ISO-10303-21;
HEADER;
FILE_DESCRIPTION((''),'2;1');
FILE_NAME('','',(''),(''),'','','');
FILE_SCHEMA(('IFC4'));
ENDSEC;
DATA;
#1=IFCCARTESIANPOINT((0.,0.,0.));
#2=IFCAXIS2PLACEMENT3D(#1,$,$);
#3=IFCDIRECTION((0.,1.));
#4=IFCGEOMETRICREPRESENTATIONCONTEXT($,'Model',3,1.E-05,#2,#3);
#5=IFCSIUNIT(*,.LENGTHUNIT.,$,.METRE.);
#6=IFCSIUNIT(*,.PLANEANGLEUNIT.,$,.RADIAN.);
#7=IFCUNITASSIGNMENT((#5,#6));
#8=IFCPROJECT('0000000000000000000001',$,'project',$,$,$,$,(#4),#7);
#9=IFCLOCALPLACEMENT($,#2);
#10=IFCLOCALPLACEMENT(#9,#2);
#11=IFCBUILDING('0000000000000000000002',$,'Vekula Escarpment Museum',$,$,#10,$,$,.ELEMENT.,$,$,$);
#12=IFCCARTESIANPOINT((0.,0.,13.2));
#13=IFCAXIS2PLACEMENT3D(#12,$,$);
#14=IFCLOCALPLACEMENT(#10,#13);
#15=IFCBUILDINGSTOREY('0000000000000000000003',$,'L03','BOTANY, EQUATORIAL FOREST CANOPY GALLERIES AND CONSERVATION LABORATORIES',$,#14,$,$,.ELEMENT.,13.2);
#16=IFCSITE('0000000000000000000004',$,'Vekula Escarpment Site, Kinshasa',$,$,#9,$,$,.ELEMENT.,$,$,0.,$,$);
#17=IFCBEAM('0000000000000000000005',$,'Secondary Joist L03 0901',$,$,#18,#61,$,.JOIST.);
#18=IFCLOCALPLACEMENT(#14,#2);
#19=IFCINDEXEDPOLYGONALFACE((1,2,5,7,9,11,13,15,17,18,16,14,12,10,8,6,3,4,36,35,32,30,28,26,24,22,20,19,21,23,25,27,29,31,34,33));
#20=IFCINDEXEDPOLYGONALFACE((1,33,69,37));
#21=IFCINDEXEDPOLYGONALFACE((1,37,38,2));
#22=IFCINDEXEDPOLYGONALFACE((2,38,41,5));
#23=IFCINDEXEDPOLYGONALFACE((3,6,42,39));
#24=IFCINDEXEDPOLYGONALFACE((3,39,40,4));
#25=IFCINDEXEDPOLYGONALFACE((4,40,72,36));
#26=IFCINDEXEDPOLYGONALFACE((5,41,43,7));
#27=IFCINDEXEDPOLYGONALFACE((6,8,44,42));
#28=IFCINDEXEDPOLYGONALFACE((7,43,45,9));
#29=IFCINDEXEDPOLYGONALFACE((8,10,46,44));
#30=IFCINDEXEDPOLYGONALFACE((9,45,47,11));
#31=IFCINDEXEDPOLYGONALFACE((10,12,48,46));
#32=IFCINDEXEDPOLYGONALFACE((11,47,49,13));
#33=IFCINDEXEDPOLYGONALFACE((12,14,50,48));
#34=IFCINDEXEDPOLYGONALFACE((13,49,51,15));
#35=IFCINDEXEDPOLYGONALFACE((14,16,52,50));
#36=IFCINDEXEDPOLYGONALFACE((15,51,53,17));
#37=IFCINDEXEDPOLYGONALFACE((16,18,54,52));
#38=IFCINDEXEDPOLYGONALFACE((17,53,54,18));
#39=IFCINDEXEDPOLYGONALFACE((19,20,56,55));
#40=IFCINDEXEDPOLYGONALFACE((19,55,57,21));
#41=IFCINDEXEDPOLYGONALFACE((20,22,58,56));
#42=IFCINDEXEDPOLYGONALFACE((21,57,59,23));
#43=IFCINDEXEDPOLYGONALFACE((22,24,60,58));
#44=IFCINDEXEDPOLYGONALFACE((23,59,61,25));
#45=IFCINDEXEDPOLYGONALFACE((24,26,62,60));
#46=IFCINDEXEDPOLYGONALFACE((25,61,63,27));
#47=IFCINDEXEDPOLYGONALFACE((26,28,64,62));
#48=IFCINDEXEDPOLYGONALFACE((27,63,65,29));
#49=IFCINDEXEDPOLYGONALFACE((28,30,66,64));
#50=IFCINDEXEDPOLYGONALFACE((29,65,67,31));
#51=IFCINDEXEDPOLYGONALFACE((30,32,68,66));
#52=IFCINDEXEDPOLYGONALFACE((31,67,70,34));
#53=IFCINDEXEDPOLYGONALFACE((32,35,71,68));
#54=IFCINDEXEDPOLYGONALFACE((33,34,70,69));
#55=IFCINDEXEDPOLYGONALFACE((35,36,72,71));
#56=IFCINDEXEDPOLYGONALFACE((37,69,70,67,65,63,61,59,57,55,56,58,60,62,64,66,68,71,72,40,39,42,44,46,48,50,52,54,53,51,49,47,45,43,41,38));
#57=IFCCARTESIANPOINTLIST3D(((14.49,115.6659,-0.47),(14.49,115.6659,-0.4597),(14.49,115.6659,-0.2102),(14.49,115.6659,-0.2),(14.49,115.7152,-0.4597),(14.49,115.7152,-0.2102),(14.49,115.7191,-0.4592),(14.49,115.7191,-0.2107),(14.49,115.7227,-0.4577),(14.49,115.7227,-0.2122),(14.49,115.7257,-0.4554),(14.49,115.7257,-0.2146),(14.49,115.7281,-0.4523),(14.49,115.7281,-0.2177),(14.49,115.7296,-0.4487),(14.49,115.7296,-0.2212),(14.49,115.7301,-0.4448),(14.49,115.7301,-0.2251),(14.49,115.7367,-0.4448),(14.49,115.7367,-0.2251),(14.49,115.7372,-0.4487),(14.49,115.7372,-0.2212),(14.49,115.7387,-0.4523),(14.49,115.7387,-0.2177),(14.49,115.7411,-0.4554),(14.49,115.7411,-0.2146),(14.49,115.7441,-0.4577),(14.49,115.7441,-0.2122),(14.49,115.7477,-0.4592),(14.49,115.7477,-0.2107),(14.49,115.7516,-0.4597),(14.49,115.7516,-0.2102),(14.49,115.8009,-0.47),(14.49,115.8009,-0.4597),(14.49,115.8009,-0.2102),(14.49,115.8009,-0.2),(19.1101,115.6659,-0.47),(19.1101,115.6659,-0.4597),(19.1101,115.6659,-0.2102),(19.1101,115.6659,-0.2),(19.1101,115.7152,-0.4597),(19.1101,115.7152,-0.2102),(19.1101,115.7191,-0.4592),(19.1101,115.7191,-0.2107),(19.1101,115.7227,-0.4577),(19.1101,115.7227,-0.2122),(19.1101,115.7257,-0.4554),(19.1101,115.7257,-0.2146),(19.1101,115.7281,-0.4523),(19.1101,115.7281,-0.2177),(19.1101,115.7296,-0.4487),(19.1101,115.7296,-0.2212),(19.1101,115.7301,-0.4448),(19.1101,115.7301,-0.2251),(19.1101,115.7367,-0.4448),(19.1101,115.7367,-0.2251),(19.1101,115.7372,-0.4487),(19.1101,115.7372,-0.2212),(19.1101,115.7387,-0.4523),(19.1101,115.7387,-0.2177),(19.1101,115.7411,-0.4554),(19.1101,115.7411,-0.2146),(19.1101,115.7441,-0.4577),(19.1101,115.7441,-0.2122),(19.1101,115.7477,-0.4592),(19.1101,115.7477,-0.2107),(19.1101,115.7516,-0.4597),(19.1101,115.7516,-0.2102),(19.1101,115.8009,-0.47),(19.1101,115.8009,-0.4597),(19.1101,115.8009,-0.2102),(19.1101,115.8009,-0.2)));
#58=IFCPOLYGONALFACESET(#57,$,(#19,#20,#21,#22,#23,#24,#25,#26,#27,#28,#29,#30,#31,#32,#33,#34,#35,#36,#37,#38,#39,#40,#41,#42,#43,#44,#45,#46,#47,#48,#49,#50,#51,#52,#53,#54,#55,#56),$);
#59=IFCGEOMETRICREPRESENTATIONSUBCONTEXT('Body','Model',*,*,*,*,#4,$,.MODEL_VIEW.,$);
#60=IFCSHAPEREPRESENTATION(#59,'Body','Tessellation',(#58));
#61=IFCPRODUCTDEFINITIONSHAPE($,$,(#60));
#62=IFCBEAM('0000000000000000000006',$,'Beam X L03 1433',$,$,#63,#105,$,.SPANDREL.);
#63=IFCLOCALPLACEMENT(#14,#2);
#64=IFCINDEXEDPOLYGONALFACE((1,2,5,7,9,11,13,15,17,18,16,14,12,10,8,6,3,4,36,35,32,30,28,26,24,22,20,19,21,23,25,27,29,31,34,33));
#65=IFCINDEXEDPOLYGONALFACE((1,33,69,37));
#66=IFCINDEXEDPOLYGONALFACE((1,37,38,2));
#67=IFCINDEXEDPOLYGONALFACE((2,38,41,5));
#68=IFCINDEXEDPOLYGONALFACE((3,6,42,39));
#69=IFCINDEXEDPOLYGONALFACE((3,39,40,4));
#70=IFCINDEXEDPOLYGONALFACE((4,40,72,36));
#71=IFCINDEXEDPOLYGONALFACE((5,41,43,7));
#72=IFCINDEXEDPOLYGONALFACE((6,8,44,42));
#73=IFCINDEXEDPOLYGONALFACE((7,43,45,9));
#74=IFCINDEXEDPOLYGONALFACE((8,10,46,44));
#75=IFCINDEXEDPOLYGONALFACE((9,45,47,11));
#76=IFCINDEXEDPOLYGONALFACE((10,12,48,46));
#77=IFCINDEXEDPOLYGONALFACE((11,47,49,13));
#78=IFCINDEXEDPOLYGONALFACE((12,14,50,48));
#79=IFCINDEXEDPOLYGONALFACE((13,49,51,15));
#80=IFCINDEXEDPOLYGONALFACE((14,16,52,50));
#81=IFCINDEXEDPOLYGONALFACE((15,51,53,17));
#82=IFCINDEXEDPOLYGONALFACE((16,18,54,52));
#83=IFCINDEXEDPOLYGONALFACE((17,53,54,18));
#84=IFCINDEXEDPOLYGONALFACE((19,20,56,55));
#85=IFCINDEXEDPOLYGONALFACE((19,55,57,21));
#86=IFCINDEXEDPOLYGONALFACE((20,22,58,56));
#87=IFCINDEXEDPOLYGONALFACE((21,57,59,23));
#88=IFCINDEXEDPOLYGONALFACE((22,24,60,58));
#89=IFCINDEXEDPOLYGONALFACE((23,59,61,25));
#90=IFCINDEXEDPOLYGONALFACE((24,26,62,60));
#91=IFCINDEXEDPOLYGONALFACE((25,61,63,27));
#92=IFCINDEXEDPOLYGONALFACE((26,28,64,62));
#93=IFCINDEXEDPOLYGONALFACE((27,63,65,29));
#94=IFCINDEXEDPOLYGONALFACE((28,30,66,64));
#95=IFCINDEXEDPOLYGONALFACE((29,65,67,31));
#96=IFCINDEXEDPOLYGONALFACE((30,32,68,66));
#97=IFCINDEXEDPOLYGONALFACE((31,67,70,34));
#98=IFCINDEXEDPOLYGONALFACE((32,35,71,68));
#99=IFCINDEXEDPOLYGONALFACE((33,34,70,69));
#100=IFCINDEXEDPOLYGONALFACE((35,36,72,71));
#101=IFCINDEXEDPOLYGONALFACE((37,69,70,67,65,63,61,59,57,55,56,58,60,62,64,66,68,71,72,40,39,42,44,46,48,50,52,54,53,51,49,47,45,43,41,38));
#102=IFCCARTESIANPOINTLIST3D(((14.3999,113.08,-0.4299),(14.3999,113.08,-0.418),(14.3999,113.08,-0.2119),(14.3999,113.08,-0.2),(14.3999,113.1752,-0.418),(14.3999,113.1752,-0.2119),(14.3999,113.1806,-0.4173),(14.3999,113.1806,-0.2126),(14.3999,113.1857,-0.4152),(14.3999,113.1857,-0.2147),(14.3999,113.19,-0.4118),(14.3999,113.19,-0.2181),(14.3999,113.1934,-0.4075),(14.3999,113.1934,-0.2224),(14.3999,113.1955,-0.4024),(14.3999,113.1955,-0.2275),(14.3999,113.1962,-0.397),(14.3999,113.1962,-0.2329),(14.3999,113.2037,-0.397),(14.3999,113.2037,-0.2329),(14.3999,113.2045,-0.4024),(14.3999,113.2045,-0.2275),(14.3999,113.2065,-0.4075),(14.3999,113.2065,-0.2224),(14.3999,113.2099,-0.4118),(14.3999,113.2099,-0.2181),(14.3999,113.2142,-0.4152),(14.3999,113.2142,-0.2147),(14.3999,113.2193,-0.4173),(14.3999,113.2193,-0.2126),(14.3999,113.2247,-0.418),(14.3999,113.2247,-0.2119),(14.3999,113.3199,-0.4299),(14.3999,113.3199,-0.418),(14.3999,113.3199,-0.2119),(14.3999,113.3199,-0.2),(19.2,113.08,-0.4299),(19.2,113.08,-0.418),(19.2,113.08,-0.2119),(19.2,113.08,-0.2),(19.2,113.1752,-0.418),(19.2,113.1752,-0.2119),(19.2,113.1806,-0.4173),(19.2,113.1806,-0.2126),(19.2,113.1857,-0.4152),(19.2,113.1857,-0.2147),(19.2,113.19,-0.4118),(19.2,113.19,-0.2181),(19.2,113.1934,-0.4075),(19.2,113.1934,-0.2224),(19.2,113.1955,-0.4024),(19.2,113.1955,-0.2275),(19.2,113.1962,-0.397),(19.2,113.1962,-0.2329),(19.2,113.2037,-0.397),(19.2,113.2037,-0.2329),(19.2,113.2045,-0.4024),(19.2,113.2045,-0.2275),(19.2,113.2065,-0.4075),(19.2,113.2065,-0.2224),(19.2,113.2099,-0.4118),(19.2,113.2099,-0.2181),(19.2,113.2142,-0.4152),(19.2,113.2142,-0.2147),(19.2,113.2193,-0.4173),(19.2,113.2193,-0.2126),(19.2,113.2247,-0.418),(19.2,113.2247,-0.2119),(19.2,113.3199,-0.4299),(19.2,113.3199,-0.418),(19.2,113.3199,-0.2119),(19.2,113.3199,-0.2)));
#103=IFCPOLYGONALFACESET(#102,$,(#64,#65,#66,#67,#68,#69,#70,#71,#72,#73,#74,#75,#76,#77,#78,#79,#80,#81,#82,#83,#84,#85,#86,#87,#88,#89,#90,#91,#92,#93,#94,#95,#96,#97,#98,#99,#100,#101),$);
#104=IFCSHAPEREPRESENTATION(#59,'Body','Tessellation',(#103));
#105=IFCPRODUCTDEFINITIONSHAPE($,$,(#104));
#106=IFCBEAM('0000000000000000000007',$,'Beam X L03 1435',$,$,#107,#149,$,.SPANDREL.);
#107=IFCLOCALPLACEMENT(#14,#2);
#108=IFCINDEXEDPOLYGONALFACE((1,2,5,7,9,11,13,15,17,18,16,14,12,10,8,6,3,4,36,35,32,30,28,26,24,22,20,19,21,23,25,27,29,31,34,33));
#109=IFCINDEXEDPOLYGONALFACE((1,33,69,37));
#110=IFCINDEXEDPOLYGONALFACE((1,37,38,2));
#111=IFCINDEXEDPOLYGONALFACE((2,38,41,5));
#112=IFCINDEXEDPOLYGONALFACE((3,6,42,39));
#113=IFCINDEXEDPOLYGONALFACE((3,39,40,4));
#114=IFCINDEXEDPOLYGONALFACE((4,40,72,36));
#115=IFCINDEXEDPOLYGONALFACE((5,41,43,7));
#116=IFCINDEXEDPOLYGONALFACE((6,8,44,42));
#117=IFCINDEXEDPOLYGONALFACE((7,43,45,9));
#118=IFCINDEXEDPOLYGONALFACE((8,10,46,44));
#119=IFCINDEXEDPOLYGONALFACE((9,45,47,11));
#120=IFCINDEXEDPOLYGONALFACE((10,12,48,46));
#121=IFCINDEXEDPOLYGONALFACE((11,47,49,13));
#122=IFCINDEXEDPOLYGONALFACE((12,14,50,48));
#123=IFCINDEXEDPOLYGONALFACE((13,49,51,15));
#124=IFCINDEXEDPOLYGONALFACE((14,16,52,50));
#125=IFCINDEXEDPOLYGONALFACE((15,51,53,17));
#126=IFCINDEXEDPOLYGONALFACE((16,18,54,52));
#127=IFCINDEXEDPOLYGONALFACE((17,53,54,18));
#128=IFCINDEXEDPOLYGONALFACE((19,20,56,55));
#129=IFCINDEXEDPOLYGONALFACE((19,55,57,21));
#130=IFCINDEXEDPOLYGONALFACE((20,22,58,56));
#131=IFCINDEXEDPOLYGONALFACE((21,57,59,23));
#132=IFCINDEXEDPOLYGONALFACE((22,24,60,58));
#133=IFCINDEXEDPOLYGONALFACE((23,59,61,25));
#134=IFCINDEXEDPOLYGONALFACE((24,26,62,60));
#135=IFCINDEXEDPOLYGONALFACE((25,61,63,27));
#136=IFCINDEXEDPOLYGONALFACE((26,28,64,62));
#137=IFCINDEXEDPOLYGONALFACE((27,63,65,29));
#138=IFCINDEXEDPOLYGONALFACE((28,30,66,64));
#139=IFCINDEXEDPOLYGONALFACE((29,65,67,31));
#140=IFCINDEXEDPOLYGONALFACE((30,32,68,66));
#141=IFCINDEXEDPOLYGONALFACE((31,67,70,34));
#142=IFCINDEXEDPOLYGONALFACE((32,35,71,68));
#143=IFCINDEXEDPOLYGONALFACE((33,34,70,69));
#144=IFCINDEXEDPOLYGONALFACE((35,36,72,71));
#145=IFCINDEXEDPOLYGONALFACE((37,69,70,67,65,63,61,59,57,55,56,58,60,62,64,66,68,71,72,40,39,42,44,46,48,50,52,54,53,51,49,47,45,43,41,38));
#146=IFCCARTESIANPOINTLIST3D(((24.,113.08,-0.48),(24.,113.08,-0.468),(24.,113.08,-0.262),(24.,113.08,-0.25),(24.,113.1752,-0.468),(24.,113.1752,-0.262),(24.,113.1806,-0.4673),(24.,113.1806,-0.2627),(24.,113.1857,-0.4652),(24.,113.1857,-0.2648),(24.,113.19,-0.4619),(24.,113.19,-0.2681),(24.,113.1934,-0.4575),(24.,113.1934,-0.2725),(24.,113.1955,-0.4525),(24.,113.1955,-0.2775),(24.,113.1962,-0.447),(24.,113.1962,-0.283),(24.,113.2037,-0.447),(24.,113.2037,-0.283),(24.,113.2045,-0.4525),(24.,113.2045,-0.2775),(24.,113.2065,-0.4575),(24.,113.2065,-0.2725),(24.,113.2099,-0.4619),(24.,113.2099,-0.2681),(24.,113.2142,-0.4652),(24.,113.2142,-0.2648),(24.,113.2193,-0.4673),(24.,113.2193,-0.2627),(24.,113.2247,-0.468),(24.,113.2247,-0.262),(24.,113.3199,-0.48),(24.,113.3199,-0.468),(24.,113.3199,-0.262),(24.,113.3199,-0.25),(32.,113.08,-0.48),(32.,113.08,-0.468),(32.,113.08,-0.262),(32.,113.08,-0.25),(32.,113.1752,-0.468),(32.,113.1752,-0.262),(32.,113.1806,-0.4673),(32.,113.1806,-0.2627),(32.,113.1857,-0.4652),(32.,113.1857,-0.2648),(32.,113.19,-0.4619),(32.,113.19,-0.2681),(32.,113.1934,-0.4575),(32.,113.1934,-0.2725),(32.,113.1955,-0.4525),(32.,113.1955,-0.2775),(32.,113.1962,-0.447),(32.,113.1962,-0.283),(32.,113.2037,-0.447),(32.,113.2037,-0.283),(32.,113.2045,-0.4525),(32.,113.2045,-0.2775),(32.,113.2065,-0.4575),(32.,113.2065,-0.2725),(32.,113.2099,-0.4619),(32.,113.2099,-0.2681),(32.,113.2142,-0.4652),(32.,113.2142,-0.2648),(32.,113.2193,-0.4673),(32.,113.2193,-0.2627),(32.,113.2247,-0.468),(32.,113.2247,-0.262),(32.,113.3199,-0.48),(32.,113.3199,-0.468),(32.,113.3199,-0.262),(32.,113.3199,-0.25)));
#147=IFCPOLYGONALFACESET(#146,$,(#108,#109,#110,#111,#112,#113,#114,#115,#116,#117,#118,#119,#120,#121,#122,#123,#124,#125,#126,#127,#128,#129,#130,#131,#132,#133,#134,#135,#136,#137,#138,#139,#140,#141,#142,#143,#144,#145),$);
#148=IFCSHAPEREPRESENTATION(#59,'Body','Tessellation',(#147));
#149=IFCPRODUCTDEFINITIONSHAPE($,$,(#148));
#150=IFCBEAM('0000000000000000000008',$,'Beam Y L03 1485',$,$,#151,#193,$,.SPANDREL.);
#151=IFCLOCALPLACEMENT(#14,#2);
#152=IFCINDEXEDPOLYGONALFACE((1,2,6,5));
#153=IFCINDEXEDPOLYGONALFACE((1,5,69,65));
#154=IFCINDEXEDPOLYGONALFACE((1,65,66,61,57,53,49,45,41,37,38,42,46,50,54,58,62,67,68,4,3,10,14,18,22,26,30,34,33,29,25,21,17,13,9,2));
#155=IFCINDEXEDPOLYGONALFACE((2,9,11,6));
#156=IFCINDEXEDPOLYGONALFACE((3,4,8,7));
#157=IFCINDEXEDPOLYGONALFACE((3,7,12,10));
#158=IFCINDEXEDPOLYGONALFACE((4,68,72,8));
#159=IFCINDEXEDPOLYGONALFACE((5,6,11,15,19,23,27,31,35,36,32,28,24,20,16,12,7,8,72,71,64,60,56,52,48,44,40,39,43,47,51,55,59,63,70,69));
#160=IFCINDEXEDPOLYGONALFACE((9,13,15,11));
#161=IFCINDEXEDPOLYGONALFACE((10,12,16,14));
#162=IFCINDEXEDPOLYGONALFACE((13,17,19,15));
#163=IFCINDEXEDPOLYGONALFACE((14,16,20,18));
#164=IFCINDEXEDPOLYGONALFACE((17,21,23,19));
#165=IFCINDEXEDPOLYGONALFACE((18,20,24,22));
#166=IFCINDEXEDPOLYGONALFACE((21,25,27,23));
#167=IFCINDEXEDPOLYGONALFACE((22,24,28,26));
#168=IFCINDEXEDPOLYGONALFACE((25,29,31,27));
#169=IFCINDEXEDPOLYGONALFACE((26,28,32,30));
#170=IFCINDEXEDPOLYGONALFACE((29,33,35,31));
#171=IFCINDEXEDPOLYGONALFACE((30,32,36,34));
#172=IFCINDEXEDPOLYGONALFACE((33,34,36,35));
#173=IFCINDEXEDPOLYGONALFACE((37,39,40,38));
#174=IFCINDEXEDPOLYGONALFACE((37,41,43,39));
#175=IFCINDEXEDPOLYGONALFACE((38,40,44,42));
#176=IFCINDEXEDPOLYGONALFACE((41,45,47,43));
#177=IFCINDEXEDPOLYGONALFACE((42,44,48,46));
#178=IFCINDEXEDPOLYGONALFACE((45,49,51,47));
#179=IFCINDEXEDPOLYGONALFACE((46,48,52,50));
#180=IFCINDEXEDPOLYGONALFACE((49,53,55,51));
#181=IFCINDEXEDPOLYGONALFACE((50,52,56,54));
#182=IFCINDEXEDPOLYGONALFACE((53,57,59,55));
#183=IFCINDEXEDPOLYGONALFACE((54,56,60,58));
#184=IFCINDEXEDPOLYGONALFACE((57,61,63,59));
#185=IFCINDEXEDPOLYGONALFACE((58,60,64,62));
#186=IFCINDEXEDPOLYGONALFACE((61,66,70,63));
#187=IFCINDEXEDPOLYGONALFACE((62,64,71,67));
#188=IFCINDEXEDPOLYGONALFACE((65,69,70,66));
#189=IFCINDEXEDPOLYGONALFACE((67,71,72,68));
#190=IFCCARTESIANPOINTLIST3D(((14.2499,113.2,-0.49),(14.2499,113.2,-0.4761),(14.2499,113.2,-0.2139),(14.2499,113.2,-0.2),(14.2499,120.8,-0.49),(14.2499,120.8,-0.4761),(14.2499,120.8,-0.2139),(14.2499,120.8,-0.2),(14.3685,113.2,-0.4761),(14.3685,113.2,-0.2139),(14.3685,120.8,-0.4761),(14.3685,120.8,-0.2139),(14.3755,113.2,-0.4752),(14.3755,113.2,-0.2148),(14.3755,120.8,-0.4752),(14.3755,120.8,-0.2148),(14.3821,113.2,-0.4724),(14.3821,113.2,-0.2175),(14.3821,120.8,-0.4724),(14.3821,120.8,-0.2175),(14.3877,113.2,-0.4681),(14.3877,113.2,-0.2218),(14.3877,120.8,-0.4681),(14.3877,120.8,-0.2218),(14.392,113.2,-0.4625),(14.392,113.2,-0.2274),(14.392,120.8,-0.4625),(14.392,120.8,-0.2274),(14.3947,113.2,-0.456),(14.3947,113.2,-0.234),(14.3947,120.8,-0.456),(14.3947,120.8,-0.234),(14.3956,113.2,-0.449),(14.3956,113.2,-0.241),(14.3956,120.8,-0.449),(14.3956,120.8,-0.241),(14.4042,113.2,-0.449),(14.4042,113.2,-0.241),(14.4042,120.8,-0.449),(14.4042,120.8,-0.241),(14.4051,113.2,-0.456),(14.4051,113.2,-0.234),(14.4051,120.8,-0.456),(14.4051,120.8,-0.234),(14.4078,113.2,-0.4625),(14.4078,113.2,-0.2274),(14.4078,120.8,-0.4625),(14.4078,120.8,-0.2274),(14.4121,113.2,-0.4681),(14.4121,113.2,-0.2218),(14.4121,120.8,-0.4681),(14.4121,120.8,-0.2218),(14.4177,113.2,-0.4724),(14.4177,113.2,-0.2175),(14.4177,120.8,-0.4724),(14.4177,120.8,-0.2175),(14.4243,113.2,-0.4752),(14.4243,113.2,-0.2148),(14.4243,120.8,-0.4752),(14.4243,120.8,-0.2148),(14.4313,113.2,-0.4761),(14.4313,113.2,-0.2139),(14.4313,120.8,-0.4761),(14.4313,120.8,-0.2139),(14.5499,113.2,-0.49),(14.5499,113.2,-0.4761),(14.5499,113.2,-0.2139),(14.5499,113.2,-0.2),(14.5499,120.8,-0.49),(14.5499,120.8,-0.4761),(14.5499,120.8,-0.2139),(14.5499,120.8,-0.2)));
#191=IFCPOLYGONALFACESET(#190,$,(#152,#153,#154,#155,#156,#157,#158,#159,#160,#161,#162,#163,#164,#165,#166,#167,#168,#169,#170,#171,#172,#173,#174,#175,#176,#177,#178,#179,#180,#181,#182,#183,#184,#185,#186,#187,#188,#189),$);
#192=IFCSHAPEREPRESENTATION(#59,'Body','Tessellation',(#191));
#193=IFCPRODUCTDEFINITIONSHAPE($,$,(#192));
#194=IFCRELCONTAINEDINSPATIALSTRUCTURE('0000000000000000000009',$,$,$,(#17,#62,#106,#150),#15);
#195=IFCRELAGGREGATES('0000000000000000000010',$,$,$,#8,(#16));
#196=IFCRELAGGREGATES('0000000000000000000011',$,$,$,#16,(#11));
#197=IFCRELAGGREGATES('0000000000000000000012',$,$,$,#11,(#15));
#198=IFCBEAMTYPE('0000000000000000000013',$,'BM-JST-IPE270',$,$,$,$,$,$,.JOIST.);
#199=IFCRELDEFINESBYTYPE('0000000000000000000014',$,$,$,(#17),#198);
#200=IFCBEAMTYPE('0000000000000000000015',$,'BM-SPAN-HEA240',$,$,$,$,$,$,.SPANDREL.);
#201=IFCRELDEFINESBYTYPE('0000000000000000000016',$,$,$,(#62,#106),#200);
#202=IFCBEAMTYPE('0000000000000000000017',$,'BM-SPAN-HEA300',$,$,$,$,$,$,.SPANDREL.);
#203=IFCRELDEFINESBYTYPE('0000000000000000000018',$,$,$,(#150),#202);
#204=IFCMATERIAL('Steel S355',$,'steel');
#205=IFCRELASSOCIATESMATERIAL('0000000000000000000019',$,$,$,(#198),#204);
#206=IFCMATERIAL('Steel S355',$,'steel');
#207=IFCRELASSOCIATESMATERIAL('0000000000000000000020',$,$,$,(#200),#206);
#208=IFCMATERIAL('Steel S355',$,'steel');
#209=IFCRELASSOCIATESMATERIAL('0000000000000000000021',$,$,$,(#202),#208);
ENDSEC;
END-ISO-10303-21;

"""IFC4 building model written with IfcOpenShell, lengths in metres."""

from ifc_helpers import new_model, si_unit, direction, frame, origin, origin_2d, place, context, subcontext, project, spatial, i_section, extrude, material, material_profile, profile_set, type_object, element, save


model = new_model("IFC4")

# Units and contexts
model_context = context("Model", 3, precision=1e-05, world=origin(), true_north=direction((0.0, 1.0)))
body_context = subcontext(model_context, "Body", "Model", "MODEL_VIEW")
ifc_project = project(units=[si_unit("LENGTHUNIT", "METRE"), si_unit("PLANEANGLEUNIT", "RADIAN")], contexts=[model_context])

# Site, building, storey
site_placement = place(None, origin())
site = spatial("IfcSite", under=ifc_project, at=site_placement, Name="Vekula Escarpment Site, Kinshasa", CompositionType="ELEMENT", RefElevation=0.0)
building_placement = place(site_placement, origin())
building = spatial("IfcBuilding", under=site, at=building_placement, Name="Vekula Escarpment Museum", CompositionType="ELEMENT")
storey_placement = place(building_placement, frame((0.0, 0.0, 13.2)))
storey = spatial("IfcBuildingStorey", under=building, at=storey_placement, Name="L03", Description="BOTANY, EQUATORIAL FOREST CANOPY GALLERIES AND CONSERVATION LABORATORIES", CompositionType="ELEMENT", Elevation=13.2)

# Beams
ifc_material_1 = material(Name="Steel S355", Category="steel")
ifc_material_profile_1 = material_profile(ifc_material_1, i_section(OverallWidth=0.135, OverallDepth=0.27, WebThickness=0.0066, FlangeThickness=0.0103, FilletRadius=0.0149, at=origin_2d()), Name="IPE 270")
ifc_profile_set_1 = profile_set([ifc_material_profile_1], Name="Steel S355")
beam_type_1 = type_object("IfcBeamType", Name="BM-JST-IPE270", PredefinedType="JOIST", material=ifc_profile_set_1)
beam_1_placement = place(storey_placement, frame((14.49, 115.7334, -0.335), z_axis=(1.0, 0.0, 0.0), x_axis=(0.0, 1.0, 0.0)))
element("IfcBeam", 1, at=beam_1_placement, inside=storey, type_object=beam_type_1, Name="Secondary Joist L03 0901", PredefinedType="JOIST", context=body_context, shape_type="SweptSolid", body=[
    extrude(i_section(OverallWidth=0.135, OverallDepth=0.27, WebThickness=0.0066, FlangeThickness=0.0103, FilletRadius=0.0149, at=origin_2d()), origin(), (0.0, 0.0, 1.0), 4.6201),
])
ifc_material_2 = material(Name="Steel S355", Category="steel")
ifc_material_profile_2 = material_profile(ifc_material_2, i_section(OverallWidth=0.24, OverallDepth=0.23, WebThickness=0.0076, FlangeThickness=0.012, FilletRadius=0.021, at=origin_2d()), Name="HEA 240")
ifc_profile_set_2 = profile_set([ifc_material_profile_2], Name="Steel S355")
beam_type_2 = type_object("IfcBeamType", Name="BM-SPAN-HEA240", PredefinedType="SPANDREL", material=ifc_profile_set_2)
beam_2_placement = place(storey_placement, frame((14.3999, 113.2, -0.3149), z_axis=(1.0, 0.0, 0.0), x_axis=(0.0, 1.0, 0.0)))
element("IfcBeam", 2, at=beam_2_placement, inside=storey, type_object=beam_type_2, Name="Beam X L03 1433", PredefinedType="SPANDREL", context=body_context, shape_type="SweptSolid", body=[
    extrude(i_section(OverallWidth=0.24, OverallDepth=0.23, WebThickness=0.0076, FlangeThickness=0.012, FilletRadius=0.021, at=origin_2d()), origin(), (0.0, 0.0, 1.0), 4.8),
])
beam_3_placement = place(storey_placement, frame((24.0, 113.2, -0.365), z_axis=(1.0, 0.0, 0.0), x_axis=(0.0, 1.0, 0.0)))
element("IfcBeam", 3, at=beam_3_placement, inside=storey, type_object=beam_type_2, Name="Beam X L03 1435", PredefinedType="SPANDREL", context=body_context, shape_type="SweptSolid", body=[
    extrude(i_section(OverallWidth=0.24, OverallDepth=0.23, WebThickness=0.0076, FlangeThickness=0.012, FilletRadius=0.021, at=origin_2d()), origin(), (0.0, 0.0, 1.0), 8.0),
])
ifc_material_3 = material(Name="Steel S355", Category="steel")
ifc_material_profile_3 = material_profile(ifc_material_3, i_section(OverallWidth=0.3, OverallDepth=0.29, WebThickness=0.0085, FlangeThickness=0.0139, FilletRadius=0.0271, at=origin_2d()), Name="HEA 300")
ifc_profile_set_3 = profile_set([ifc_material_profile_3], Name="Steel S355")
beam_type_3 = type_object("IfcBeamType", Name="BM-SPAN-HEA300", PredefinedType="SPANDREL", material=ifc_profile_set_3)
for number, where, z_axis, x_axis, name in (
    (4, (14.3999, 113.2, -0.345), (0.0, 1.0, 0.0), (-1.0, 0.0, 0.0), "Beam Y L03 1485"),
):
    element("IfcBeam", number, at=place(storey_placement, frame(where, z_axis=z_axis, x_axis=x_axis)), inside=storey, type_object=beam_type_3, Name=name, PredefinedType="SPANDREL", context=body_context, shape_type="SweptSolid", body=[
        extrude(i_section(OverallWidth=0.3, OverallDepth=0.29, WebThickness=0.0085, FlangeThickness=0.0139, FilletRadius=0.0271, at=origin_2d()), origin(), (0.0, 0.0, 1.0), 7.6001),
    ])

save(model, "model.ifc")
